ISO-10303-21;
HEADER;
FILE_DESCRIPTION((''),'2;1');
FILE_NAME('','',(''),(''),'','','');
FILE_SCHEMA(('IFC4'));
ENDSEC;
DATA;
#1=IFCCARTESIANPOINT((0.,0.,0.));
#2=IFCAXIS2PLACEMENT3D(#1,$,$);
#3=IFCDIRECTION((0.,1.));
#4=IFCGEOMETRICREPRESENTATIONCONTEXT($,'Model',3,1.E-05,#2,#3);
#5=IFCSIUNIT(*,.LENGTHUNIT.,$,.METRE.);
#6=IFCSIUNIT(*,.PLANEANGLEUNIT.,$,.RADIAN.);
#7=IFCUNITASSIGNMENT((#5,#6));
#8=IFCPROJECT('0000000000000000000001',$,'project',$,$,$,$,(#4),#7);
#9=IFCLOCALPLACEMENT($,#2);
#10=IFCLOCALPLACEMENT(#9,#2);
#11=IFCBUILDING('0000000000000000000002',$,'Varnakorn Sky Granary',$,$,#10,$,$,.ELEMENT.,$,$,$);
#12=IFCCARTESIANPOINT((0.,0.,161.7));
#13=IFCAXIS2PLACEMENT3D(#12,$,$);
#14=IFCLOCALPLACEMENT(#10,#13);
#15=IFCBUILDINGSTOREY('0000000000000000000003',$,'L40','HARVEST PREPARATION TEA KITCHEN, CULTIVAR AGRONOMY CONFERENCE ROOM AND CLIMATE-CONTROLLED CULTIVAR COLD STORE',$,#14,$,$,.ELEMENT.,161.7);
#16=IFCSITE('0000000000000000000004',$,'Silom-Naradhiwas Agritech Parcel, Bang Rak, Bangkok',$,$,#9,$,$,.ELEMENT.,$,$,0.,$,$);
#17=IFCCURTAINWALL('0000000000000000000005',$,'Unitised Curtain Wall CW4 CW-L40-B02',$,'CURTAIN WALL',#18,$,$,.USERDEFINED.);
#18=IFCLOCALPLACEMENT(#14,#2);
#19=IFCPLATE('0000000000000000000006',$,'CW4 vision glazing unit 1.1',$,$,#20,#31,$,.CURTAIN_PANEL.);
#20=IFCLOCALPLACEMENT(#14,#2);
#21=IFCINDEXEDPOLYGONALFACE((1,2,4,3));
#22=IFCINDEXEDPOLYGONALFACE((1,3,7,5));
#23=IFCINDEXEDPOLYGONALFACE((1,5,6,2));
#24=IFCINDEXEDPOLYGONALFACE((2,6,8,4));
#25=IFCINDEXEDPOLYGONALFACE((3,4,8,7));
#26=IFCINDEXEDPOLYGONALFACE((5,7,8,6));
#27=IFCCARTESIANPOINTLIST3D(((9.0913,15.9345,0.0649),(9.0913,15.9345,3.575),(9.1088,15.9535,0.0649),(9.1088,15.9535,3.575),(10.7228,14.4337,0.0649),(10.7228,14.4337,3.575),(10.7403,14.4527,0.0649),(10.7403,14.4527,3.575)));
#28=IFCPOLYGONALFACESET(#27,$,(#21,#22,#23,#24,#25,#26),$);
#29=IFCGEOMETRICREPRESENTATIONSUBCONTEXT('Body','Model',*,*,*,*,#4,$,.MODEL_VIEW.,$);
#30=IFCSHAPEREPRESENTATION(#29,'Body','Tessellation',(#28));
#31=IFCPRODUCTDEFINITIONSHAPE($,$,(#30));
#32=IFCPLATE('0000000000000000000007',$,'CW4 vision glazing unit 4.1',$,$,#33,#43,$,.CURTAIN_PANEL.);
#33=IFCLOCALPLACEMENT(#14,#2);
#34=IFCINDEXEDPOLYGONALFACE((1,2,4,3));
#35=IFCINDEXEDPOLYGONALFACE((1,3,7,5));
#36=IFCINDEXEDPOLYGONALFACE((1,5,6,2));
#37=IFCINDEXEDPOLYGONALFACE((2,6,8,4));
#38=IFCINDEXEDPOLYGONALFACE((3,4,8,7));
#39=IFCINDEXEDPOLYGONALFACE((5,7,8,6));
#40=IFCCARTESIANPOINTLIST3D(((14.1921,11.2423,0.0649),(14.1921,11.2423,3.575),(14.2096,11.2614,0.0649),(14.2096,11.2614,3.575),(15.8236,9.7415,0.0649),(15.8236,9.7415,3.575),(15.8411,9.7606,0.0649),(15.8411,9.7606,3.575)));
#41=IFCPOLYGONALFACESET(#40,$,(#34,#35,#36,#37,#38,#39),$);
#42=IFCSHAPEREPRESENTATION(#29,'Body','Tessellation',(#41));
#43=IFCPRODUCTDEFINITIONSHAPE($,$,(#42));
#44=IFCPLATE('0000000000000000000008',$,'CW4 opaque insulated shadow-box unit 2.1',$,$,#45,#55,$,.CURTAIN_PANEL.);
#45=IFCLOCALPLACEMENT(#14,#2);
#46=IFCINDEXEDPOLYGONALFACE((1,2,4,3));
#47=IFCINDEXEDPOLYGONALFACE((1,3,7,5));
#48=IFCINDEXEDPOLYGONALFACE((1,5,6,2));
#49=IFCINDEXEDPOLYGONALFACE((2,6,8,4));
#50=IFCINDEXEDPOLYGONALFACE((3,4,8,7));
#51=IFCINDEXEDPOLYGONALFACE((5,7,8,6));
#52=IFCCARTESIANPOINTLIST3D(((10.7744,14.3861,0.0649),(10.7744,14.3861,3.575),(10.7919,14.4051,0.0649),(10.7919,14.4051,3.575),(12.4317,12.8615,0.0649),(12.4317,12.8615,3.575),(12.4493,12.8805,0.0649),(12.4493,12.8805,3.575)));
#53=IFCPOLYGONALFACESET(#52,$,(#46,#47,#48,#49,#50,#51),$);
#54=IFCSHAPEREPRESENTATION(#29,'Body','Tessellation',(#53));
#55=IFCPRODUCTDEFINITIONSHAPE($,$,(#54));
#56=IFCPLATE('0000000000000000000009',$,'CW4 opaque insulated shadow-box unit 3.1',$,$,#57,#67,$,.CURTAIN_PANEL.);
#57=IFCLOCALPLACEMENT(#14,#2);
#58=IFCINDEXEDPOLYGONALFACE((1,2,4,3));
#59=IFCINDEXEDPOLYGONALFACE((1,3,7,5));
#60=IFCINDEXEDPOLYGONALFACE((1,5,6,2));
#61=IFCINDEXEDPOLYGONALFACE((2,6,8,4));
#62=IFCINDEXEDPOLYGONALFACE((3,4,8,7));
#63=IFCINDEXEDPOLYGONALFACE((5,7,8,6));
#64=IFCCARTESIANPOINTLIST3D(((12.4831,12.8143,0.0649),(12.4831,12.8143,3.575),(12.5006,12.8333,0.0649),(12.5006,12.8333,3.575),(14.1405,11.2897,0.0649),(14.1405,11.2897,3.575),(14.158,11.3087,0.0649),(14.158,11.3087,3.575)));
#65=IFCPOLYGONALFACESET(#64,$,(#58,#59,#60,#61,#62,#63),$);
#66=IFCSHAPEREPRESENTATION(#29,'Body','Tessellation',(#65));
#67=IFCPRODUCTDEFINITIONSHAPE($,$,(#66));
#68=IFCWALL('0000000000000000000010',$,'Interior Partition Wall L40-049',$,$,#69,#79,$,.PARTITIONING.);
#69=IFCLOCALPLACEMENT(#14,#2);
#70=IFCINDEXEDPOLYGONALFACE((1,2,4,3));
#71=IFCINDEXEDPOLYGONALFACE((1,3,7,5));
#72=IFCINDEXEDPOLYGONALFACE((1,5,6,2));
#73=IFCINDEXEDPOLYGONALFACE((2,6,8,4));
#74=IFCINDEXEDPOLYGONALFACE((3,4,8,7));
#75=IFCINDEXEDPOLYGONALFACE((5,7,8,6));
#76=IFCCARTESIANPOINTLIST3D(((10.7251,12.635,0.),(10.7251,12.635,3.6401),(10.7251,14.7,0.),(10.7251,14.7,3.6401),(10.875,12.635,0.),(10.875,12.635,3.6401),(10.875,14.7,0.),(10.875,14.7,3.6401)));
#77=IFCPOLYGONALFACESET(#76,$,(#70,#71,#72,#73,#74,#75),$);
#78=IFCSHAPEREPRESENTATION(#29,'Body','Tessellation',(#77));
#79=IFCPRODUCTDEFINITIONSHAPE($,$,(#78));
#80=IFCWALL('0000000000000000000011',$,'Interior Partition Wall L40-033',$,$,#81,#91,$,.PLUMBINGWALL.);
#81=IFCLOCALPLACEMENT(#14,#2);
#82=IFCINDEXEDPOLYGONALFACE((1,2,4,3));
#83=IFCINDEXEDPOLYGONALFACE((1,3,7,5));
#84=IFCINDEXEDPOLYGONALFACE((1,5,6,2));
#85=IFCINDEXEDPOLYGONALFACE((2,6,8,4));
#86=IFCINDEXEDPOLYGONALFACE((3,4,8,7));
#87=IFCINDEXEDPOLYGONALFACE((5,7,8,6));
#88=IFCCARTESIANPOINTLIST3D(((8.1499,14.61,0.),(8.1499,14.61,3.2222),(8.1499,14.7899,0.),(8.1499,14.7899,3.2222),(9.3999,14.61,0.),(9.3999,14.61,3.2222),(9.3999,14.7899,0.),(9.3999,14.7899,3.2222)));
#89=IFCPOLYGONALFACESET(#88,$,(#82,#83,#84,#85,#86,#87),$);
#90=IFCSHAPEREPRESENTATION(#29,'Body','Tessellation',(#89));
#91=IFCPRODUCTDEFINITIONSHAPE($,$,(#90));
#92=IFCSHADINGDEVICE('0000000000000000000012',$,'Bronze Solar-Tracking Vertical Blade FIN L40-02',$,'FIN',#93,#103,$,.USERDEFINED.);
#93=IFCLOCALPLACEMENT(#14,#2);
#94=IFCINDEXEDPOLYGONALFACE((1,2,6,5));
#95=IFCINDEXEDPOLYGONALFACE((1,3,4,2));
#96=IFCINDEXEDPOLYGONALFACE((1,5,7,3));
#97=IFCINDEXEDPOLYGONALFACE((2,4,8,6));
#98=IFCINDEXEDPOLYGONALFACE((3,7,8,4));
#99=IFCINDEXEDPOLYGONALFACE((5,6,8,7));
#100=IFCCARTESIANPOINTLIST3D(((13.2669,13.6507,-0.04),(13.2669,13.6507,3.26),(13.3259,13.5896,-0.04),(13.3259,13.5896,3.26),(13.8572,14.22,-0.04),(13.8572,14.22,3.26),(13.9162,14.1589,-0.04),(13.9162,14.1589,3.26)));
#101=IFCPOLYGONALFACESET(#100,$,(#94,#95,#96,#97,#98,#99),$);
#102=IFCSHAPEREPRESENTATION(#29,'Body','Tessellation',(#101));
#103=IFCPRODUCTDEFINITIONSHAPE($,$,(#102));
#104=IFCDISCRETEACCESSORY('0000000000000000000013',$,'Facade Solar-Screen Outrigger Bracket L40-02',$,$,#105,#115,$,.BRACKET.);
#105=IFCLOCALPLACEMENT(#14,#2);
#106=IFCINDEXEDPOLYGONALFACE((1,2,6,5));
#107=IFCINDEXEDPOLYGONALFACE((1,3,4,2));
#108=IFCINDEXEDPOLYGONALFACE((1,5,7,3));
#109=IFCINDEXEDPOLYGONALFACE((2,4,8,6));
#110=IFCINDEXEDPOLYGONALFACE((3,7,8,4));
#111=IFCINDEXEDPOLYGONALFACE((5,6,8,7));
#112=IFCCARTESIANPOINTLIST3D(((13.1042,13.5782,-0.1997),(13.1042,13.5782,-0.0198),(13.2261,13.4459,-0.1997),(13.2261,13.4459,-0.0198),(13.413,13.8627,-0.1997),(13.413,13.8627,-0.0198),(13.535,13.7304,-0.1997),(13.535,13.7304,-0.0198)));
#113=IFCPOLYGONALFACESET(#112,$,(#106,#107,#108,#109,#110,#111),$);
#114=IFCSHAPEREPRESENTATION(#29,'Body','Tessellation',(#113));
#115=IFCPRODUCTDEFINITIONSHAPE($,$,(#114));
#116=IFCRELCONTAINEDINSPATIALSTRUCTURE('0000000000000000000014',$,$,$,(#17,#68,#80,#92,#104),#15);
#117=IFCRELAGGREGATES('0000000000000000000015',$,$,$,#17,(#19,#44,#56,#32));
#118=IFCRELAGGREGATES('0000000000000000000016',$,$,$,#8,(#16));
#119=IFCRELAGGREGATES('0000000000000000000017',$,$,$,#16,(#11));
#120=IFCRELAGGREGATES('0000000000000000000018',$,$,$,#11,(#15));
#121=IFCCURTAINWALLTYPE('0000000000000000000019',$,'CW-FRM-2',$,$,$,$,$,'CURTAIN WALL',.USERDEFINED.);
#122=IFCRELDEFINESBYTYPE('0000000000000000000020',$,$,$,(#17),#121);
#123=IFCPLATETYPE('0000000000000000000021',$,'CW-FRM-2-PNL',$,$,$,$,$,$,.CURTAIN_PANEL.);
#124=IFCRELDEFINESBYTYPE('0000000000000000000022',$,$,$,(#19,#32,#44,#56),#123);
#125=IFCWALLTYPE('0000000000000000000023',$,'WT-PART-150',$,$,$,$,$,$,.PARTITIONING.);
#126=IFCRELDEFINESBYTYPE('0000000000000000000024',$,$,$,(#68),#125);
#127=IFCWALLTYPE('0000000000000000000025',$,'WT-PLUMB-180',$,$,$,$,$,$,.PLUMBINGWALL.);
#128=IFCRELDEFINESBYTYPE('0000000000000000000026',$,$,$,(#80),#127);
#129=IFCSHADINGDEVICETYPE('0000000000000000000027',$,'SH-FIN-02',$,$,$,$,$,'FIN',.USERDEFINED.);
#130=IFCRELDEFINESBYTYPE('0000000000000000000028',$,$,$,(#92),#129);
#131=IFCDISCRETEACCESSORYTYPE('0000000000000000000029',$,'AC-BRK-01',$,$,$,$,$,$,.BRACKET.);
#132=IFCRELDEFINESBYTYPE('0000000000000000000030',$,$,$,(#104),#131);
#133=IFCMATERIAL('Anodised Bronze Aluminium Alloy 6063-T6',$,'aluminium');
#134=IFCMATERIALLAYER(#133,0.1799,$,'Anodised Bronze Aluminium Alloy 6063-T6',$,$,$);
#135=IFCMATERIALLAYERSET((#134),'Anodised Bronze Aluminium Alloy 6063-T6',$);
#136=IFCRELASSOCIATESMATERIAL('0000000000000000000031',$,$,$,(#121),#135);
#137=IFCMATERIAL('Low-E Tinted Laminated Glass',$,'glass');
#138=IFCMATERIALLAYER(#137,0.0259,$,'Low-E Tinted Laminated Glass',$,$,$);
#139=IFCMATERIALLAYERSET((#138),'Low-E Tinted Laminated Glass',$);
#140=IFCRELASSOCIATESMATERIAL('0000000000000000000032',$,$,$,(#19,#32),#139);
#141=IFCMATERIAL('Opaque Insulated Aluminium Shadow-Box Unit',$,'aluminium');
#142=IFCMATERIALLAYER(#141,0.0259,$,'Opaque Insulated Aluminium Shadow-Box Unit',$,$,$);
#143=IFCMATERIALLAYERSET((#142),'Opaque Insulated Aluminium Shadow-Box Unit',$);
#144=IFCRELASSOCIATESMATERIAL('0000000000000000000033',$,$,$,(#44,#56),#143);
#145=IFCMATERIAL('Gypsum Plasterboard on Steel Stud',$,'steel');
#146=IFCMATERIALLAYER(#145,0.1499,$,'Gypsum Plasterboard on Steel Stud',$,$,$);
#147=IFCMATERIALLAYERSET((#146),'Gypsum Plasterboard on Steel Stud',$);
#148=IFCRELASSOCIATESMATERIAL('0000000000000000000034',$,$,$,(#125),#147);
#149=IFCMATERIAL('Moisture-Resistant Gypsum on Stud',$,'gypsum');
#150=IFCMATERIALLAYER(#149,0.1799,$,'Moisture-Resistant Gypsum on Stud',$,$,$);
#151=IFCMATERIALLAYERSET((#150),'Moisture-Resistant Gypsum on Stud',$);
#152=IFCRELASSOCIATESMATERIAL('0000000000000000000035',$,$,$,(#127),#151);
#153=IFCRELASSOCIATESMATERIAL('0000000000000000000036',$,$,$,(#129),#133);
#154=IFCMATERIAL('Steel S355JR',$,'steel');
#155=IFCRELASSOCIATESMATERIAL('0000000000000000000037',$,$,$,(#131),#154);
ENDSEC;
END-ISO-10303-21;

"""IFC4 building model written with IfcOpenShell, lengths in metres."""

from ifc_helpers import new_model, si_unit, direction, frame, frame_2d, origin, origin_2d, place, context, subcontext, project, spatial, rectangle, extrude, source, transform, mapped, material, layer, layer_set, type_object, type_shapes, element, aggregate, save


model = new_model("IFC4")

# Units and contexts
model_context = context("Model", 3, precision=1e-05, world=origin(), true_north=direction((0.0, 1.0)))
body_context = subcontext(model_context, "Body", "Model", "MODEL_VIEW")
ifc_project = project(units=[si_unit("LENGTHUNIT", "METRE"), si_unit("PLANEANGLEUNIT", "RADIAN")], contexts=[model_context])

# Site, building, storey
site_placement = place(None, origin())
site = spatial("IfcSite", under=ifc_project, at=site_placement, Name="Silom-Naradhiwas Agritech Parcel, Bang Rak, Bangkok", CompositionType="ELEMENT", RefElevation=0.0)
building_placement = place(site_placement, origin())
building = spatial("IfcBuilding", under=site, at=building_placement, Name="Varnakorn Sky Granary", CompositionType="ELEMENT")
storey_placement = place(building_placement, frame((0.0, 0.0, 161.7)))
storey = spatial("IfcBuildingStorey", under=building, at=storey_placement, Name="L40", Description="HARVEST PREPARATION TEA KITCHEN, CULTIVAR AGRONOMY CONFERENCE ROOM AND CLIMATE-CONTROLLED CULTIVAR COLD STORE", CompositionType="ELEMENT", Elevation=161.7)

# Shared definitions
ifc_material_1 = material(Name="Steel S355JR", Category="steel")

# Curtain wall
ifc_material_2 = material(Name="Anodised Bronze Aluminium Alloy 6063-T6", Category="aluminium")
ifc_layer_1 = layer(ifc_material_2, 0.1799, Name="Anodised Bronze Aluminium Alloy 6063-T6")
ifc_layer_set_1 = layer_set([ifc_layer_1], Name="Anodised Bronze Aluminium Alloy 6063-T6")
curtain_wall_type = type_object("IfcCurtainWallType", Name="CW-FRM-2", ElementType="CURTAIN WALL", PredefinedType="USERDEFINED", material=ifc_layer_set_1)
curtain_wall_1_placement = place(storey_placement, origin())
curtain_wall_1 = element("IfcCurtainWall", 1, at=curtain_wall_1_placement, inside=storey, type_object=curtain_wall_type, Name="Unitised Curtain Wall CW4 CW-L40-B02", ObjectType="CURTAIN WALL", PredefinedType="USERDEFINED")

# Plates
ifc_material_3 = material(Name="Low-E Tinted Laminated Glass", Category="glass")
ifc_layer_2 = layer(ifc_material_3, 0.0259, Name="Low-E Tinted Laminated Glass")
ifc_layer_set_2 = layer_set([ifc_layer_2], Name="Low-E Tinted Laminated Glass")
plate_type = type_object("IfcPlateType", Name="CW-FRM-2-PNL", PredefinedType="CURTAIN_PANEL")
ifc_material_4 = material(Name="Opaque Insulated Aluminium Shadow-Box Unit", Category="aluminium")
ifc_layer_3 = layer(ifc_material_4, 0.0259, Name="Opaque Insulated Aluminium Shadow-Box Unit")
ifc_layer_set_3 = layer_set([ifc_layer_3], Name="Opaque Insulated Aluminium Shadow-Box Unit")
shared_shape_1 = source(origin(), body_context, "Body", "SweptSolid", [
    extrude(rectangle(XDim=2.2168, YDim=0.0259, at=origin_2d()), origin(), (0.0, 0.0, 1.0), 3.51),
])
plate_1_placement = place(storey_placement, frame((9.9158, 15.1936, 0.0649), z_axis=(0.0, 0.0, 1.0), x_axis=(0.735973, -0.677011, 0.0)))
plate_1 = element("IfcPlate", 2, at=plate_1_placement, type_object=plate_type, material=ifc_layer_set_2, Name="CW4 vision glazing unit 1.1", PredefinedType="CURTAIN_PANEL", context=body_context, shape_type="MappedRepresentation", body=[
    mapped(shared_shape_1, transform((0.0, 0.0, 0.0), x_axis=(1.0, 0.0, 0.0), y_axis=(0.0, 1.0, 0.0), z_axis=(0.0, 0.0, 1.0), scale=1.0)),
])
plate_2_placement = place(storey_placement, frame((15.0166, 10.5015, 0.0649), z_axis=(0.0, 0.0, 1.0), x_axis=(0.735973, -0.677011, 0.0)))
plate_2 = element("IfcPlate", 3, at=plate_2_placement, type_object=plate_type, material=ifc_layer_set_2, Name="CW4 vision glazing unit 4.1", PredefinedType="CURTAIN_PANEL", context=body_context, shape_type="MappedRepresentation", body=[
    mapped(shared_shape_1, transform((0.0, 0.0, 0.0), x_axis=(1.0, 0.0, 0.0), y_axis=(0.0, 1.0, 0.0), z_axis=(0.0, 0.0, 1.0), scale=1.0)),
])
shared_shape_2 = source(origin(), body_context, "Body", "SweptSolid", [
    extrude(rectangle(XDim=2.252, YDim=0.0259, at=origin_2d()), origin(), (0.0, 0.0, 1.0), 3.51),
])
plate_3_placement = place(storey_placement, frame((11.6118, 13.6333, 0.0649), z_axis=(0.0, 0.0, 1.0), x_axis=(0.735973, -0.677011, 0.0)))
plate_3 = element("IfcPlate", 4, at=plate_3_placement, type_object=plate_type, material=ifc_layer_set_3, Name="CW4 opaque insulated shadow-box unit 2.1", PredefinedType="CURTAIN_PANEL", context=body_context, shape_type="MappedRepresentation", body=[
    mapped(shared_shape_2, transform((0.0, 0.0, 0.0), x_axis=(1.0, 0.0, 0.0), y_axis=(0.0, 1.0, 0.0), z_axis=(0.0, 0.0, 1.0), scale=1.0)),
])
plate_4_placement = place(storey_placement, frame((13.3206, 12.0615, 0.0649), z_axis=(0.0, 0.0, 1.0), x_axis=(0.735973, -0.677011, 0.0)))
plate_4 = element("IfcPlate", 5, at=plate_4_placement, type_object=plate_type, material=ifc_layer_set_3, Name="CW4 opaque insulated shadow-box unit 3.1", PredefinedType="CURTAIN_PANEL", context=body_context, shape_type="MappedRepresentation", body=[
    mapped(shared_shape_2, transform((0.0, 0.0, 0.0), x_axis=(1.0, 0.0, 0.0), y_axis=(0.0, 1.0, 0.0), z_axis=(0.0, 0.0, 1.0), scale=1.0)),
])
aggregate(curtain_wall_1, [plate_1, plate_3, plate_4, plate_2])

# Walls
ifc_material_5 = material(Name="Gypsum Plasterboard on Steel Stud", Category="steel")
ifc_layer_4 = layer(ifc_material_5, 0.1499, Name="Gypsum Plasterboard on Steel Stud")
ifc_layer_set_4 = layer_set([ifc_layer_4], Name="Gypsum Plasterboard on Steel Stud")
wall_type_1 = type_object("IfcWallType", Name="WT-PART-150", PredefinedType="PARTITIONING", material=ifc_layer_set_4)
wall_1_placement = place(storey_placement, frame((10.8, 12.635, 0.0), z_axis=(0.0, 0.0, 1.0), x_axis=(0.0, 1.0, 0.0)))
element("IfcWall", 6, at=wall_1_placement, inside=storey, type_object=wall_type_1, Name="Interior Partition Wall L40-049", PredefinedType="PARTITIONING", context=body_context, shape_type="SweptSolid", body=[
    extrude(rectangle(XDim=2.0649, YDim=0.1499, at=frame_2d((1.0325, 0.0))), origin(), (0.0, 0.0, 1.0), 3.6401),
])
ifc_material_6 = material(Name="Moisture-Resistant Gypsum on Stud", Category="gypsum")
ifc_layer_5 = layer(ifc_material_6, 0.1799, Name="Moisture-Resistant Gypsum on Stud")
ifc_layer_set_5 = layer_set([ifc_layer_5], Name="Moisture-Resistant Gypsum on Stud")
wall_type_2 = type_object("IfcWallType", Name="WT-PLUMB-180", PredefinedType="PLUMBINGWALL", material=ifc_layer_set_5)
wall_2_placement = place(storey_placement, frame((9.3999, 14.7, 0.0), z_axis=(0.0, 0.0, 1.0), x_axis=(-1.0, 0.0, 0.0)))
element("IfcWall", 7, at=wall_2_placement, inside=storey, type_object=wall_type_2, Name="Interior Partition Wall L40-033", PredefinedType="PLUMBINGWALL", context=body_context, shape_type="SweptSolid", body=[
    extrude(rectangle(XDim=1.25, YDim=0.1799, at=frame_2d((0.625, 0.0))), origin(), (0.0, 0.0, 1.0), 3.2222),
])

# Shading device
shading_device_type = type_object("IfcShadingDeviceType", Name="SH-FIN-02", ElementType="FIN", PredefinedType="USERDEFINED", material=ifc_material_2)
shared_shape_3 = source(origin(), body_context, "Body", "SweptSolid", [
    extrude(rectangle(XDim=0.085, YDim=0.8201, at=origin_2d()), origin(), (0.0, 0.0, 1.0), 3.3),
])
type_shapes(shading_device_type, [shared_shape_3])
shading_device_placement = place(storey_placement, frame((13.5916, 13.9048, -0.04), z_axis=(0.0, 0.0, 1.0), x_axis=(-0.694205, 0.719777, 0.0)))
element("IfcShadingDevice", 8, at=shading_device_placement, inside=storey, type_object=shading_device_type, Name="Bronze Solar-Tracking Vertical Blade FIN L40-02", ObjectType="FIN", PredefinedType="USERDEFINED", context=body_context, shape_type="MappedRepresentation", body=[
    mapped(shared_shape_3, transform((0.0, 0.0, 0.0), x_axis=(1.0, 0.0, 0.0), y_axis=(0.0, 1.0, 0.0), z_axis=(0.0, 0.0, 1.0), scale=1.0)),
])

# Discrete accessory
discrete_accessory_type = type_object("IfcDiscreteAccessoryType", Name="AC-BRK-01", PredefinedType="BRACKET", material=ifc_material_1)
shared_shape_4 = source(origin(), body_context, "Body", "SweptSolid", [
    extrude(rectangle(XDim=0.1799, YDim=0.4199, at=origin_2d()), origin(), (0.0, 0.0, 1.0), 0.1799),
])
type_shapes(discrete_accessory_type, [shared_shape_4])
discrete_accessory_placement = place(storey_placement, frame((13.3196, 13.6543, -0.1997), z_axis=(0.0, 0.0, 1.0), x_axis=(-0.677602, 0.735428, 0.0)))
element("IfcDiscreteAccessory", 9, at=discrete_accessory_placement, inside=storey, type_object=discrete_accessory_type, Name="Facade Solar-Screen Outrigger Bracket L40-02", PredefinedType="BRACKET", context=body_context, shape_type="MappedRepresentation", body=[
    mapped(shared_shape_4, transform((0.0, 0.0, 0.0), x_axis=(1.0, 0.0, 0.0), y_axis=(0.0, 1.0, 0.0), z_axis=(0.0, 0.0, 1.0), scale=1.0)),
])

save(model, "model.ifc")
